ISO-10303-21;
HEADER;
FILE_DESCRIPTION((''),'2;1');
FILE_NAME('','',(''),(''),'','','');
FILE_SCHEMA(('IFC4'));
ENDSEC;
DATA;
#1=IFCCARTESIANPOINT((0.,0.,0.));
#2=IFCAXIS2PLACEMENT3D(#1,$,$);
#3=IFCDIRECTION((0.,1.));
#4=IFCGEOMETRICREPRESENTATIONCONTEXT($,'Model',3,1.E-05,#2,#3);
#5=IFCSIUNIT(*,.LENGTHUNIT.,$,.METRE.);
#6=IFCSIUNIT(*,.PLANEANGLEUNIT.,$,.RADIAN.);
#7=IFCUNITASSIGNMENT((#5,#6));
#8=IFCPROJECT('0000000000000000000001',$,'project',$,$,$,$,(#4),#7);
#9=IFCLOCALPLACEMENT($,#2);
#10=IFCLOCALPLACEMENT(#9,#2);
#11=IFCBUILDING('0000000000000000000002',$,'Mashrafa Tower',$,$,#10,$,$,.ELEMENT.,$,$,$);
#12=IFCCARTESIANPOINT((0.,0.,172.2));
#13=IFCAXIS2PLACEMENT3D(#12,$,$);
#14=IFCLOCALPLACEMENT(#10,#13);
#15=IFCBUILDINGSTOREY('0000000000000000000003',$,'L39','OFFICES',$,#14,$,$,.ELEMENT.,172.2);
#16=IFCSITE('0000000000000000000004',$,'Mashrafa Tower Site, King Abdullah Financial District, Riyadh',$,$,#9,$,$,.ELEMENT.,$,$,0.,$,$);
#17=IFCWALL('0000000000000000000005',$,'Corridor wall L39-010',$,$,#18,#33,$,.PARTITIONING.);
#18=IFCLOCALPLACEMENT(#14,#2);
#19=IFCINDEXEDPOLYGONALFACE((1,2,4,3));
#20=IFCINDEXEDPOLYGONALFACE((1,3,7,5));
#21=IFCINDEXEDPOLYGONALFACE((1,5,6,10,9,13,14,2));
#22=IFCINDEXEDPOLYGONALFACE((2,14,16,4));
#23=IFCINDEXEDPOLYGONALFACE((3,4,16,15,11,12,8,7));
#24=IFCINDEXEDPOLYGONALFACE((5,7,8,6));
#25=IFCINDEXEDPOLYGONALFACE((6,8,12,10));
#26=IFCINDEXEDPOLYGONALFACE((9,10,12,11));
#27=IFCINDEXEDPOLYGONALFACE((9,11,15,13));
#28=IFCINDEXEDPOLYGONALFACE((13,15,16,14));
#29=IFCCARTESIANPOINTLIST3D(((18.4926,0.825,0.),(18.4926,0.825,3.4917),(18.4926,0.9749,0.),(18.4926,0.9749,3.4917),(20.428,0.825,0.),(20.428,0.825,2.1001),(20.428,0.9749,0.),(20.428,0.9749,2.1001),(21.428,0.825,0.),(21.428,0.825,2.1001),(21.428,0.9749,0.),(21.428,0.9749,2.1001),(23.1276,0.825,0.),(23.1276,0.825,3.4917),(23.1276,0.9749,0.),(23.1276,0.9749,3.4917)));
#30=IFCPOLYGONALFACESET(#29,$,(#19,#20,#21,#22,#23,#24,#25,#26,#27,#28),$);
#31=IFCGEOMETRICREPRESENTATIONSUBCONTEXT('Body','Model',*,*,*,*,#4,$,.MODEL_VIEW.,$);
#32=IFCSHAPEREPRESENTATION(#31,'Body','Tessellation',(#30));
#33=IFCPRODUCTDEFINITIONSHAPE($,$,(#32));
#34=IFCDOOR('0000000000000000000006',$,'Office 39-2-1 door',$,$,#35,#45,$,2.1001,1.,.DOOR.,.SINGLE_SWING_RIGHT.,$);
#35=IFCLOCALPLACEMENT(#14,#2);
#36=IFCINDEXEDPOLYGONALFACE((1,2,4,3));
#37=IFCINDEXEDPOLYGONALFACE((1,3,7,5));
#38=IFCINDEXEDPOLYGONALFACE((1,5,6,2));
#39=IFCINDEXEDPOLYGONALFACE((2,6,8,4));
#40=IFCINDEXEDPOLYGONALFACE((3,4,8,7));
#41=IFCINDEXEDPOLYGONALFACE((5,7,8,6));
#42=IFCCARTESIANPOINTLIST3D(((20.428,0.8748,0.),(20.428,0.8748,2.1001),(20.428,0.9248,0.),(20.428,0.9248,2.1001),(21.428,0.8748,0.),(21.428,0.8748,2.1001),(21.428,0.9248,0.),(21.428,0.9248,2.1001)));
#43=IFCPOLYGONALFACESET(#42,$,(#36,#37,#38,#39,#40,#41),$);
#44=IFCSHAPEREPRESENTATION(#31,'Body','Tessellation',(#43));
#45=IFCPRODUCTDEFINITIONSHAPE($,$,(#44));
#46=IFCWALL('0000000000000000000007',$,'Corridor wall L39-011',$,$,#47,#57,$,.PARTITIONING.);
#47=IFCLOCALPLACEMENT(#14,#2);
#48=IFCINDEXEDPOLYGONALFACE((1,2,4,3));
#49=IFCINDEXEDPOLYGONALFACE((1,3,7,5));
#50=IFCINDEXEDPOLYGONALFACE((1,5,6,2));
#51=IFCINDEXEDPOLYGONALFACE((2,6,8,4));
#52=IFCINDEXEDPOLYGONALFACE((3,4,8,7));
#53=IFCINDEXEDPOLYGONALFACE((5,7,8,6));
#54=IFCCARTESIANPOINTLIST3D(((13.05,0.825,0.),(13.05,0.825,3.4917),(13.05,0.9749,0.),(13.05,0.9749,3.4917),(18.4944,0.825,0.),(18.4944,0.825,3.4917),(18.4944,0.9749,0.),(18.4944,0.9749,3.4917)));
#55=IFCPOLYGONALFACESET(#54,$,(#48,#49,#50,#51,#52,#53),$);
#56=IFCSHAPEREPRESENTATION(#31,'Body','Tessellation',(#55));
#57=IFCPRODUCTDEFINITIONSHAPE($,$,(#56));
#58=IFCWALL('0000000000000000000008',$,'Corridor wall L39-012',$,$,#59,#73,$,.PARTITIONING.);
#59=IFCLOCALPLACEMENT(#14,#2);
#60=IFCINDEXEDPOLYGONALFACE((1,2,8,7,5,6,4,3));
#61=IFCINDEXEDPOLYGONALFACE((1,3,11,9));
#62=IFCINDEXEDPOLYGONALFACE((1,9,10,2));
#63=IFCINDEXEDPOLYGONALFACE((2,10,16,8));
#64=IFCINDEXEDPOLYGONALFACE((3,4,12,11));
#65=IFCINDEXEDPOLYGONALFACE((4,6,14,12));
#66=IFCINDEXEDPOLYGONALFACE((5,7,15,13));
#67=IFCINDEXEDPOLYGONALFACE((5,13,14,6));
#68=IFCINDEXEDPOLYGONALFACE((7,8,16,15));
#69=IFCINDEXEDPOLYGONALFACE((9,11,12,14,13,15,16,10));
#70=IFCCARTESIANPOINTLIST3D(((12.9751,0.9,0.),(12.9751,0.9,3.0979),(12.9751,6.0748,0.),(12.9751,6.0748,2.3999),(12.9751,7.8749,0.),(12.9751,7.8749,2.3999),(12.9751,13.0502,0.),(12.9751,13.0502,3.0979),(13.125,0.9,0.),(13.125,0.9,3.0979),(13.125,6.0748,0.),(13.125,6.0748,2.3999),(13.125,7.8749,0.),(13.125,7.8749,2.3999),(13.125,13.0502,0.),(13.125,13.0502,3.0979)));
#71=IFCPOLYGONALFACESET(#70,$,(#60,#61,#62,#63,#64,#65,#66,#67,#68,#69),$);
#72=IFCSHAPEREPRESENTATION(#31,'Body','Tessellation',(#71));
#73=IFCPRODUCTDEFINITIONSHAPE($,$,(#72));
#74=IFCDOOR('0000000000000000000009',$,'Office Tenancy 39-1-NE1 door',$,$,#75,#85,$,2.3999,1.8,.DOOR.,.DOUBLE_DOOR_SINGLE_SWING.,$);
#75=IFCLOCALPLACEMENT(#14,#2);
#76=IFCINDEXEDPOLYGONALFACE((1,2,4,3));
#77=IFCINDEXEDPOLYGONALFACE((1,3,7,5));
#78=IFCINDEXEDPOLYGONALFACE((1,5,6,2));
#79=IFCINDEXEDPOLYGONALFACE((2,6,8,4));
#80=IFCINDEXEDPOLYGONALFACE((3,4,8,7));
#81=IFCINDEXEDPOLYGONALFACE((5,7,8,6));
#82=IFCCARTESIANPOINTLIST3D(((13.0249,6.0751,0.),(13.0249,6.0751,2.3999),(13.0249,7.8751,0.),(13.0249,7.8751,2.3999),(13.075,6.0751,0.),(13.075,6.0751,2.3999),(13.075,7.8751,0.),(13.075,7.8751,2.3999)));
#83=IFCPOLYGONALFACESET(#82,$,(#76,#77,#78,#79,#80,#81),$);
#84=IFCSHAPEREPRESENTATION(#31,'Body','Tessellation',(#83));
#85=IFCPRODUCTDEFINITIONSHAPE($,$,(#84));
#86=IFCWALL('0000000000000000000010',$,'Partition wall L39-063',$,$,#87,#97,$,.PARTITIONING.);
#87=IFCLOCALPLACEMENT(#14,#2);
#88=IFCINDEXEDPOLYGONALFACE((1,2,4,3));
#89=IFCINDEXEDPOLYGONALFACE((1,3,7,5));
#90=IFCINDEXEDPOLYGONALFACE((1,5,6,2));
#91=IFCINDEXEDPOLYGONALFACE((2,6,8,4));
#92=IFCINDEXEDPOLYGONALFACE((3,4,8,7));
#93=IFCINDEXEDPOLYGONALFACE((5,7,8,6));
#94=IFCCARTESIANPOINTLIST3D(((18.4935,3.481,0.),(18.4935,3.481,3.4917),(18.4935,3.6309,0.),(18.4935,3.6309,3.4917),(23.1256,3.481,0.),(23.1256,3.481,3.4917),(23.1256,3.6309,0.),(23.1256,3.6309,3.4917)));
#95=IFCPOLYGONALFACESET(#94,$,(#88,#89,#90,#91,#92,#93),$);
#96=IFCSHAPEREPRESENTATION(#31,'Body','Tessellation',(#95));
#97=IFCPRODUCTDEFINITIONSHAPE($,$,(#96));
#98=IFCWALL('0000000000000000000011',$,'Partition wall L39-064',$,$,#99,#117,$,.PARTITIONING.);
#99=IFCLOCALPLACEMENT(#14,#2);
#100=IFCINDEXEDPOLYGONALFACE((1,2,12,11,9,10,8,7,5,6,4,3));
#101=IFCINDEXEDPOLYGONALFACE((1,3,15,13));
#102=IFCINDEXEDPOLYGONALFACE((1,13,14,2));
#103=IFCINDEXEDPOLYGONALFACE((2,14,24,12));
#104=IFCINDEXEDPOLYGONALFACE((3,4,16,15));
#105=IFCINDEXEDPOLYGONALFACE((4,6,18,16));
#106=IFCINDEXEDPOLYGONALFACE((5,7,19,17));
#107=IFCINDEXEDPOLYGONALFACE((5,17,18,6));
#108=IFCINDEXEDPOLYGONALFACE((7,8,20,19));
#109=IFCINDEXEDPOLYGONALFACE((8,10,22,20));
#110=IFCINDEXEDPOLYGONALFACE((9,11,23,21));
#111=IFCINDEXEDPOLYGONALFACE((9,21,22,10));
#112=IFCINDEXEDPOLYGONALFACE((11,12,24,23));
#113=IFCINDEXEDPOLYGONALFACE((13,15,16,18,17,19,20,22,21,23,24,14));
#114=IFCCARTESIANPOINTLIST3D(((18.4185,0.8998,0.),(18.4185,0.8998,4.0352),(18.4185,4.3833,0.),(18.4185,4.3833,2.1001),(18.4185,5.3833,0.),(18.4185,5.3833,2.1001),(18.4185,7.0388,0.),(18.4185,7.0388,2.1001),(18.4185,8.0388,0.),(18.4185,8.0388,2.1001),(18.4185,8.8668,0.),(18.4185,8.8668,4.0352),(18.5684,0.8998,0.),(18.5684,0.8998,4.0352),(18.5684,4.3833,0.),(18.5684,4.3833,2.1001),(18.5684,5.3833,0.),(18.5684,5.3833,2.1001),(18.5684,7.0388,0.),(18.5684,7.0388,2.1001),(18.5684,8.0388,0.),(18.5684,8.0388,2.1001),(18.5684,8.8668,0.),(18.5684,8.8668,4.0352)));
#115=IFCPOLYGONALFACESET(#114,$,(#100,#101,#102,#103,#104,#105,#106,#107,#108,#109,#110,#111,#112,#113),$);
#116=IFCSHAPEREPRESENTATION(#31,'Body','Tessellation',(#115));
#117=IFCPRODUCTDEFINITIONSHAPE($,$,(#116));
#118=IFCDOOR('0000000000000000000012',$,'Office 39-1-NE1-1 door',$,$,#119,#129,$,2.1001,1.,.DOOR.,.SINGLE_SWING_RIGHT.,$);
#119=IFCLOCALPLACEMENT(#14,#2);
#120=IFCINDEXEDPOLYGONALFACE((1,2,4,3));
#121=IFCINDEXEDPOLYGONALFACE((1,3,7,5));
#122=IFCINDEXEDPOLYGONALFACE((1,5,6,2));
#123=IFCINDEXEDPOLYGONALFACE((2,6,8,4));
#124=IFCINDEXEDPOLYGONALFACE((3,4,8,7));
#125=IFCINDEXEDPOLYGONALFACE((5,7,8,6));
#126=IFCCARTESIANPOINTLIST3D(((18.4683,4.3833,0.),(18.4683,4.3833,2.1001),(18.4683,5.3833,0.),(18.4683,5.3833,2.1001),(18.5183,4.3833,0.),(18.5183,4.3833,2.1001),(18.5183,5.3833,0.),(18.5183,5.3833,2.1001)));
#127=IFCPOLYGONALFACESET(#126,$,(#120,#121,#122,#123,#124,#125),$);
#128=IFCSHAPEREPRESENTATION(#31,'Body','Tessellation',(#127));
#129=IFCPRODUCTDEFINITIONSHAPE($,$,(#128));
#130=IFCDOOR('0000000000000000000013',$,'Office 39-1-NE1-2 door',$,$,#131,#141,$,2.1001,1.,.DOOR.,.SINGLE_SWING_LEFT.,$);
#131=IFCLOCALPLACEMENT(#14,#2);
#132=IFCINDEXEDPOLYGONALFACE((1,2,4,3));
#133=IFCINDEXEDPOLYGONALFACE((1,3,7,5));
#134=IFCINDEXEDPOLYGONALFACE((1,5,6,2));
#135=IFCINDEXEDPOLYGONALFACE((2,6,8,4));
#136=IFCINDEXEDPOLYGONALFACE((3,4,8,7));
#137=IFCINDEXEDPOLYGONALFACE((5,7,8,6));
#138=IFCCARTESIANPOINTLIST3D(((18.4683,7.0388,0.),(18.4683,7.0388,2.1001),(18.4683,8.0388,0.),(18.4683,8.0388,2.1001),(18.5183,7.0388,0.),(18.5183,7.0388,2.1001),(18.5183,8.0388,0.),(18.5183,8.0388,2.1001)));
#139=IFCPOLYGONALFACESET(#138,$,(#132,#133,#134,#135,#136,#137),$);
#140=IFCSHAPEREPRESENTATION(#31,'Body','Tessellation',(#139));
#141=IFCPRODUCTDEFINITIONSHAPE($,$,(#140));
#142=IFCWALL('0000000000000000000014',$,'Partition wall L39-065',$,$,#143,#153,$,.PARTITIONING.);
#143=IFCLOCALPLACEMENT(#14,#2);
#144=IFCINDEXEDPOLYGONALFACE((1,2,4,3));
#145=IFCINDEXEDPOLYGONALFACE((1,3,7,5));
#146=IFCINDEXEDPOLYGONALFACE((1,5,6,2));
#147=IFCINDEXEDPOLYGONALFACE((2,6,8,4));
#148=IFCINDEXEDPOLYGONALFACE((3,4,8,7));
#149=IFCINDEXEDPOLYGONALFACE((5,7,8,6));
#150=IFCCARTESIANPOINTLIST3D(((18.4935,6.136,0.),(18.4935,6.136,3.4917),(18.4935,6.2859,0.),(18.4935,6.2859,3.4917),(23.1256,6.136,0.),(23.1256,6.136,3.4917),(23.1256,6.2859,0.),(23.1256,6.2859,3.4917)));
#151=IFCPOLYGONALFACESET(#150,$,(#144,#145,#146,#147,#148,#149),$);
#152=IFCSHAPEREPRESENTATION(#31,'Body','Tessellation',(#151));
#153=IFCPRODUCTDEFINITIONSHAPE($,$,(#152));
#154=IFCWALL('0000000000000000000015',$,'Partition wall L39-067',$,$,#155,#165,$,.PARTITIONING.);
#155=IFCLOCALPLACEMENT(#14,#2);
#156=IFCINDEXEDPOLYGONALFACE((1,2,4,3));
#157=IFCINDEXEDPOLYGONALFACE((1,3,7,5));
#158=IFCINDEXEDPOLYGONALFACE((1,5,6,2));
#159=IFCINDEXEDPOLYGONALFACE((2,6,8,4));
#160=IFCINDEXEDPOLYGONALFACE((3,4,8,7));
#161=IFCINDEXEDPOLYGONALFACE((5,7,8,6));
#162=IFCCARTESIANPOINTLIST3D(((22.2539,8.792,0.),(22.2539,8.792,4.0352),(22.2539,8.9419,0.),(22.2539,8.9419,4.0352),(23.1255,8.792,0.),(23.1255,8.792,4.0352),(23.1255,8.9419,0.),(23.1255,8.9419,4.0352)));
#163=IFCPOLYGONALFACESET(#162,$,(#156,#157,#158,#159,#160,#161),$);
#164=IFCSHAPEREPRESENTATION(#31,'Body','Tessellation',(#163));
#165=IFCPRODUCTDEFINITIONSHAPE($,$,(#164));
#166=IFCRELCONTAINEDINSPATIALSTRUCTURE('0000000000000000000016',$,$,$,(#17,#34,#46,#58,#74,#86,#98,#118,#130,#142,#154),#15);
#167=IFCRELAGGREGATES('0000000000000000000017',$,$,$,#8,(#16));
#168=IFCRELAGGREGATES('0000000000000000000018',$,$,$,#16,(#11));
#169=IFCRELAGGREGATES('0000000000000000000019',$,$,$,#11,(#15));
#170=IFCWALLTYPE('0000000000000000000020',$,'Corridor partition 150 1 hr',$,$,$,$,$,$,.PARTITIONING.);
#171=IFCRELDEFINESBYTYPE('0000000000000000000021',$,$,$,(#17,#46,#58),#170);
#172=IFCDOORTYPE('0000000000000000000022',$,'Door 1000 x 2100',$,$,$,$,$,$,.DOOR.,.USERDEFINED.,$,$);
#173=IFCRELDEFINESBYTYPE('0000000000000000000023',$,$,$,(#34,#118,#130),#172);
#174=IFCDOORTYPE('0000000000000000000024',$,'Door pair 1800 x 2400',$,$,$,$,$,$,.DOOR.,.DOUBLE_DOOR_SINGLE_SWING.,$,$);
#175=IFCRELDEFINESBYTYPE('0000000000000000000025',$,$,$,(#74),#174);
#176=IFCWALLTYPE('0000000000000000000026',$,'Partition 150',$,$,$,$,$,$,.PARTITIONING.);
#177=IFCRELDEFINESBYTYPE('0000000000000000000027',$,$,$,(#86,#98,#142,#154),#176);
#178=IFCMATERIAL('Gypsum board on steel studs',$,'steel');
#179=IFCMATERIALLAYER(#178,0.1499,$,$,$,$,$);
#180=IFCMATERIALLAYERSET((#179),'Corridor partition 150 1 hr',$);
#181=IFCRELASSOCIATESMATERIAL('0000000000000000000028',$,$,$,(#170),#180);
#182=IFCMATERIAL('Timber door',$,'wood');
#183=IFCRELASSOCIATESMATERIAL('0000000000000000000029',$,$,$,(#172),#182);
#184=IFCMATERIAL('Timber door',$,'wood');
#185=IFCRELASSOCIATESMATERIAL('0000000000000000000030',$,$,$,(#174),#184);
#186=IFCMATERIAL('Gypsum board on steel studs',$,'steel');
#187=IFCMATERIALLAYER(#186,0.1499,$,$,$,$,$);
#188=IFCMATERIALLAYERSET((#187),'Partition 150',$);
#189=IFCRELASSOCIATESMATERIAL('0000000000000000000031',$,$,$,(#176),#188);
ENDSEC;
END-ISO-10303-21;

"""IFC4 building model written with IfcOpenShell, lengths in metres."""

from ifc_helpers import new_model, si_unit, direction, frame, frame_2d, origin, place, context, subcontext, project, spatial, rectangle, extrude, material, layer, layer_set, type_object, element, fill, save


model = new_model("IFC4")

# Units and contexts
model_context = context("Model", 3, precision=1e-05, world=origin(), true_north=direction((0.0, 1.0)))
body_context = subcontext(model_context, "Body", "Model", "MODEL_VIEW")
ifc_project = project(units=[si_unit("LENGTHUNIT", "METRE"), si_unit("PLANEANGLEUNIT", "RADIAN")], contexts=[model_context])

# Site, building, storey
site_placement = place(None, origin())
site = spatial("IfcSite", under=ifc_project, at=site_placement, Name="Mashrafa Tower Site, King Abdullah Financial District, Riyadh", CompositionType="ELEMENT", RefElevation=0.0)
building_placement = place(site_placement, origin())
building = spatial("IfcBuilding", under=site, at=building_placement, Name="Mashrafa Tower", CompositionType="ELEMENT")
storey_placement = place(building_placement, frame((0.0, 0.0, 172.2)))
storey = spatial("IfcBuildingStorey", under=building, at=storey_placement, Name="L39", Description="OFFICES", CompositionType="ELEMENT", Elevation=172.2)

# Wall, opening, door
ifc_material_1 = material(Name="Gypsum board on steel studs", Category="steel")
ifc_layer_1 = layer(ifc_material_1, 0.1499)
ifc_layer_set_1 = layer_set([ifc_layer_1], Name="Corridor partition 150 1 hr")
wall_type_1 = type_object("IfcWallType", Name="Corridor partition 150 1 hr", PredefinedType="PARTITIONING", material=ifc_layer_set_1)
wall_1_placement = place(storey_placement, frame((23.1274, 0.8999, 0.0), z_axis=(0.0, 0.0, 1.0), x_axis=(-1.0, 0.0, 0.0)))
wall_1 = element("IfcWall", 1, at=wall_1_placement, inside=storey, type_object=wall_type_1, Name="Corridor wall L39-010", PredefinedType="PARTITIONING", context=body_context, shape_type="SweptSolid", body=[
    extrude(rectangle(XDim=4.635, YDim=0.1499, at=frame_2d((2.3174, 0.0))), origin(), (0.0, 0.0, 1.0), 3.4917),
])
opening_1_placement = place(wall_1_placement, frame((1.6995, 0.0, 0.0)))
opening_1 = element("IfcOpeningElement", 2, at=opening_1_placement, cuts=wall_1, PredefinedType="OPENING", context=body_context, shape_type="SweptSolid", body=[
    extrude(rectangle(XDim=1.0, YDim=2.1001, at=frame_2d((0.5, 1.05))), frame((0.0, 0.085, 0.0), z_axis=(0.0, -1.0, 0.0), x_axis=(1.0, 0.0, 0.0)), (0.0, 0.0, 1.0), 0.1699),
])
ifc_material_2 = material(Name="Timber door", Category="wood")
door_type_1 = type_object("IfcDoorType", Name="Door 1000 x 2100", OperationType="USERDEFINED", PredefinedType="DOOR", material=ifc_material_2)
door_1_placement = place(opening_1_placement, frame((1.0, 0.0, 0.0), z_axis=(0.0, 0.0, 1.0), x_axis=(-1.0, 0.0, 0.0)))
door_1 = element("IfcDoor", 3, at=door_1_placement, inside=storey, type_object=door_type_1, Name="Office 39-2-1 door", OperationType="SINGLE_SWING_RIGHT", OverallHeight=2.1001, OverallWidth=1.0, PredefinedType="DOOR", context=body_context, shape_type="SweptSolid", body=[
    extrude(rectangle(XDim=1.0, YDim=2.1001, at=frame_2d((0.5, 1.05))), frame((0.0, 0.0249, 0.0), z_axis=(0.0, -1.0, 0.0), x_axis=(1.0, 0.0, 0.0)), (0.0, 0.0, 1.0), 0.05),
])
fill(opening_1, door_1)

# Wall
wall_2_placement = place(storey_placement, frame((18.4944, 0.8999, 0.0), z_axis=(0.0, 0.0, 1.0), x_axis=(-1.0, 0.0, 0.0)))
element("IfcWall", 4, at=wall_2_placement, inside=storey, type_object=wall_type_1, Name="Corridor wall L39-011", PredefinedType="PARTITIONING", context=body_context, shape_type="SweptSolid", body=[
    extrude(rectangle(XDim=5.4443, YDim=0.1499, at=frame_2d((2.7222, 0.0))), origin(), (0.0, 0.0, 1.0), 3.4917),
])

# Wall, opening, door
wall_3_placement = place(storey_placement, frame((13.05, 0.8999, 0.0), z_axis=(0.0, 0.0, 1.0), x_axis=(0.0, 1.0, 0.0)))
wall_3 = element("IfcWall", 5, at=wall_3_placement, inside=storey, type_object=wall_type_1, Name="Corridor wall L39-012", PredefinedType="PARTITIONING", context=body_context, shape_type="SweptSolid", body=[
    extrude(rectangle(XDim=12.1501, YDim=0.1499, at=frame_2d((6.0752, 0.0))), origin(), (0.0, 0.0, 1.0), 3.0979),
])
opening_2_placement = place(wall_3_placement, frame((5.175, 0.0, 0.0)))
opening_2 = element("IfcOpeningElement", 6, at=opening_2_placement, cuts=wall_3, PredefinedType="OPENING", context=body_context, shape_type="SweptSolid", body=[
    extrude(rectangle(XDim=1.8, YDim=2.3999, at=frame_2d((0.8999, 1.2))), frame((0.0, 0.085, 0.0), z_axis=(0.0, -1.0, 0.0), x_axis=(1.0, 0.0, 0.0)), (0.0, 0.0, 1.0), 0.1699),
])
ifc_material_3 = material(Name="Timber door", Category="wood")
door_type_2 = type_object("IfcDoorType", Name="Door pair 1800 x 2400", OperationType="DOUBLE_DOOR_SINGLE_SWING", PredefinedType="DOOR", material=ifc_material_3)
door_2_placement = place(opening_2_placement, frame((1.8, 0.0, 0.0), z_axis=(0.0, 0.0, 1.0), x_axis=(-1.0, 0.0, 0.0)))
door_2 = element("IfcDoor", 7, at=door_2_placement, inside=storey, type_object=door_type_2, Name="Office Tenancy 39-1-NE1 door", OperationType="DOUBLE_DOOR_SINGLE_SWING", OverallHeight=2.3999, OverallWidth=1.8, PredefinedType="DOOR", context=body_context, shape_type="SweptSolid", body=[
    extrude(rectangle(XDim=1.8, YDim=2.3999, at=frame_2d((0.8999, 1.2))), frame((0.0, 0.0249, 0.0), z_axis=(0.0, -1.0, 0.0), x_axis=(1.0, 0.0, 0.0)), (0.0, 0.0, 1.0), 0.05),
])
fill(opening_2, door_2)

# Wall
ifc_material_4 = material(Name="Gypsum board on steel studs", Category="steel")
ifc_layer_2 = layer(ifc_material_4, 0.1499)
ifc_layer_set_2 = layer_set([ifc_layer_2], Name="Partition 150")
wall_type_2 = type_object("IfcWallType", Name="Partition 150", PredefinedType="PARTITIONING", material=ifc_layer_set_2)
wall_4_placement = place(storey_placement, frame((23.1255, 3.5559, 0.0), z_axis=(0.0, 0.0, 1.0), x_axis=(-1.0, 0.0, 0.0)))
element("IfcWall", 8, at=wall_4_placement, inside=storey, type_object=wall_type_2, Name="Partition wall L39-063", PredefinedType="PARTITIONING", context=body_context, shape_type="SweptSolid", body=[
    extrude(rectangle(XDim=4.6321, YDim=0.1499, at=frame_2d((2.3159, 0.0))), origin(), (0.0, 0.0, 1.0), 3.4917),
])

# Wall, openings, doors
wall_5_placement = place(storey_placement, frame((18.4934, 0.8999, 0.0), z_axis=(0.0, 0.0, 1.0), x_axis=(0.0, 1.0, 0.0)))
wall_5 = element("IfcWall", 9, at=wall_5_placement, inside=storey, type_object=wall_type_2, Name="Partition wall L39-064", PredefinedType="PARTITIONING", context=body_context, shape_type="SweptSolid", body=[
    extrude(rectangle(XDim=7.967, YDim=0.1499, at=frame_2d((3.9834, 0.0))), origin(), (0.0, 0.0, 1.0), 4.0352),
])
opening_3_placement = place(wall_5_placement, frame((3.4834, 0.0, 0.0)))
opening_3 = element("IfcOpeningElement", 10, at=opening_3_placement, cuts=wall_5, PredefinedType="OPENING", context=body_context, shape_type="SweptSolid", body=[
    extrude(rectangle(XDim=1.0, YDim=2.1001, at=frame_2d((0.5, 1.05))), frame((0.0, 0.085, 0.0), z_axis=(0.0, -1.0, 0.0), x_axis=(1.0, 0.0, 0.0)), (0.0, 0.0, 1.0), 0.1699),
])
opening_4_placement = place(wall_5_placement, frame((6.1389, 0.0, 0.0)))
opening_4 = element("IfcOpeningElement", 11, at=opening_4_placement, cuts=wall_5, PredefinedType="OPENING", context=body_context, shape_type="SweptSolid", body=[
    extrude(rectangle(XDim=1.0, YDim=2.1001, at=frame_2d((0.5, 1.05))), frame((0.0, 0.085, 0.0), z_axis=(0.0, -1.0, 0.0), x_axis=(1.0, 0.0, 0.0)), (0.0, 0.0, 1.0), 0.1699),
])
door_3_placement = place(opening_3_placement, frame((1.0, 0.0, 0.0), z_axis=(0.0, 0.0, 1.0), x_axis=(-1.0, 0.0, 0.0)))
door_3 = element("IfcDoor", 12, at=door_3_placement, inside=storey, type_object=door_type_1, Name="Office 39-1-NE1-1 door", OperationType="SINGLE_SWING_RIGHT", OverallHeight=2.1001, OverallWidth=1.0, PredefinedType="DOOR", context=body_context, shape_type="SweptSolid", body=[
    extrude(rectangle(XDim=1.0, YDim=2.1001, at=frame_2d((0.5, 1.05))), frame((0.0, 0.0249, 0.0), z_axis=(0.0, -1.0, 0.0), x_axis=(1.0, 0.0, 0.0)), (0.0, 0.0, 1.0), 0.05),
])
fill(opening_3, door_3)
door_4_placement = place(opening_4_placement, frame((1.0, 0.0, 0.0), z_axis=(0.0, 0.0, 1.0), x_axis=(-1.0, 0.0, 0.0)))
door_4 = element("IfcDoor", 13, at=door_4_placement, inside=storey, type_object=door_type_1, Name="Office 39-1-NE1-2 door", OperationType="SINGLE_SWING_LEFT", OverallHeight=2.1001, OverallWidth=1.0, PredefinedType="DOOR", context=body_context, shape_type="SweptSolid", body=[
    extrude(rectangle(XDim=1.0, YDim=2.1001, at=frame_2d((0.5, 1.05))), frame((0.0, 0.0249, 0.0), z_axis=(0.0, -1.0, 0.0), x_axis=(1.0, 0.0, 0.0)), (0.0, 0.0, 1.0), 0.05),
])
fill(opening_4, door_4)

# Walls
wall_6_placement = place(storey_placement, frame((23.1255, 6.2109, 0.0), z_axis=(0.0, 0.0, 1.0), x_axis=(-1.0, 0.0, 0.0)))
element("IfcWall", 14, at=wall_6_placement, inside=storey, type_object=wall_type_2, Name="Partition wall L39-065", PredefinedType="PARTITIONING", context=body_context, shape_type="SweptSolid", body=[
    extrude(rectangle(XDim=4.6321, YDim=0.1499, at=frame_2d((2.3159, 0.0))), origin(), (0.0, 0.0, 1.0), 3.4917),
])
wall_7_placement = place(storey_placement, frame((23.1255, 8.8669, 0.0), z_axis=(0.0, 0.0, 1.0), x_axis=(-1.0, 0.0, 0.0)))
element("IfcWall", 15, at=wall_7_placement, inside=storey, type_object=wall_type_2, Name="Partition wall L39-067", PredefinedType="PARTITIONING", context=body_context, shape_type="SweptSolid", body=[
    extrude(rectangle(XDim=0.8716, YDim=0.1499, at=frame_2d((0.4358, 0.0))), origin(), (0.0, 0.0, 1.0), 4.0352),
])

save(model, "model.ifc")
